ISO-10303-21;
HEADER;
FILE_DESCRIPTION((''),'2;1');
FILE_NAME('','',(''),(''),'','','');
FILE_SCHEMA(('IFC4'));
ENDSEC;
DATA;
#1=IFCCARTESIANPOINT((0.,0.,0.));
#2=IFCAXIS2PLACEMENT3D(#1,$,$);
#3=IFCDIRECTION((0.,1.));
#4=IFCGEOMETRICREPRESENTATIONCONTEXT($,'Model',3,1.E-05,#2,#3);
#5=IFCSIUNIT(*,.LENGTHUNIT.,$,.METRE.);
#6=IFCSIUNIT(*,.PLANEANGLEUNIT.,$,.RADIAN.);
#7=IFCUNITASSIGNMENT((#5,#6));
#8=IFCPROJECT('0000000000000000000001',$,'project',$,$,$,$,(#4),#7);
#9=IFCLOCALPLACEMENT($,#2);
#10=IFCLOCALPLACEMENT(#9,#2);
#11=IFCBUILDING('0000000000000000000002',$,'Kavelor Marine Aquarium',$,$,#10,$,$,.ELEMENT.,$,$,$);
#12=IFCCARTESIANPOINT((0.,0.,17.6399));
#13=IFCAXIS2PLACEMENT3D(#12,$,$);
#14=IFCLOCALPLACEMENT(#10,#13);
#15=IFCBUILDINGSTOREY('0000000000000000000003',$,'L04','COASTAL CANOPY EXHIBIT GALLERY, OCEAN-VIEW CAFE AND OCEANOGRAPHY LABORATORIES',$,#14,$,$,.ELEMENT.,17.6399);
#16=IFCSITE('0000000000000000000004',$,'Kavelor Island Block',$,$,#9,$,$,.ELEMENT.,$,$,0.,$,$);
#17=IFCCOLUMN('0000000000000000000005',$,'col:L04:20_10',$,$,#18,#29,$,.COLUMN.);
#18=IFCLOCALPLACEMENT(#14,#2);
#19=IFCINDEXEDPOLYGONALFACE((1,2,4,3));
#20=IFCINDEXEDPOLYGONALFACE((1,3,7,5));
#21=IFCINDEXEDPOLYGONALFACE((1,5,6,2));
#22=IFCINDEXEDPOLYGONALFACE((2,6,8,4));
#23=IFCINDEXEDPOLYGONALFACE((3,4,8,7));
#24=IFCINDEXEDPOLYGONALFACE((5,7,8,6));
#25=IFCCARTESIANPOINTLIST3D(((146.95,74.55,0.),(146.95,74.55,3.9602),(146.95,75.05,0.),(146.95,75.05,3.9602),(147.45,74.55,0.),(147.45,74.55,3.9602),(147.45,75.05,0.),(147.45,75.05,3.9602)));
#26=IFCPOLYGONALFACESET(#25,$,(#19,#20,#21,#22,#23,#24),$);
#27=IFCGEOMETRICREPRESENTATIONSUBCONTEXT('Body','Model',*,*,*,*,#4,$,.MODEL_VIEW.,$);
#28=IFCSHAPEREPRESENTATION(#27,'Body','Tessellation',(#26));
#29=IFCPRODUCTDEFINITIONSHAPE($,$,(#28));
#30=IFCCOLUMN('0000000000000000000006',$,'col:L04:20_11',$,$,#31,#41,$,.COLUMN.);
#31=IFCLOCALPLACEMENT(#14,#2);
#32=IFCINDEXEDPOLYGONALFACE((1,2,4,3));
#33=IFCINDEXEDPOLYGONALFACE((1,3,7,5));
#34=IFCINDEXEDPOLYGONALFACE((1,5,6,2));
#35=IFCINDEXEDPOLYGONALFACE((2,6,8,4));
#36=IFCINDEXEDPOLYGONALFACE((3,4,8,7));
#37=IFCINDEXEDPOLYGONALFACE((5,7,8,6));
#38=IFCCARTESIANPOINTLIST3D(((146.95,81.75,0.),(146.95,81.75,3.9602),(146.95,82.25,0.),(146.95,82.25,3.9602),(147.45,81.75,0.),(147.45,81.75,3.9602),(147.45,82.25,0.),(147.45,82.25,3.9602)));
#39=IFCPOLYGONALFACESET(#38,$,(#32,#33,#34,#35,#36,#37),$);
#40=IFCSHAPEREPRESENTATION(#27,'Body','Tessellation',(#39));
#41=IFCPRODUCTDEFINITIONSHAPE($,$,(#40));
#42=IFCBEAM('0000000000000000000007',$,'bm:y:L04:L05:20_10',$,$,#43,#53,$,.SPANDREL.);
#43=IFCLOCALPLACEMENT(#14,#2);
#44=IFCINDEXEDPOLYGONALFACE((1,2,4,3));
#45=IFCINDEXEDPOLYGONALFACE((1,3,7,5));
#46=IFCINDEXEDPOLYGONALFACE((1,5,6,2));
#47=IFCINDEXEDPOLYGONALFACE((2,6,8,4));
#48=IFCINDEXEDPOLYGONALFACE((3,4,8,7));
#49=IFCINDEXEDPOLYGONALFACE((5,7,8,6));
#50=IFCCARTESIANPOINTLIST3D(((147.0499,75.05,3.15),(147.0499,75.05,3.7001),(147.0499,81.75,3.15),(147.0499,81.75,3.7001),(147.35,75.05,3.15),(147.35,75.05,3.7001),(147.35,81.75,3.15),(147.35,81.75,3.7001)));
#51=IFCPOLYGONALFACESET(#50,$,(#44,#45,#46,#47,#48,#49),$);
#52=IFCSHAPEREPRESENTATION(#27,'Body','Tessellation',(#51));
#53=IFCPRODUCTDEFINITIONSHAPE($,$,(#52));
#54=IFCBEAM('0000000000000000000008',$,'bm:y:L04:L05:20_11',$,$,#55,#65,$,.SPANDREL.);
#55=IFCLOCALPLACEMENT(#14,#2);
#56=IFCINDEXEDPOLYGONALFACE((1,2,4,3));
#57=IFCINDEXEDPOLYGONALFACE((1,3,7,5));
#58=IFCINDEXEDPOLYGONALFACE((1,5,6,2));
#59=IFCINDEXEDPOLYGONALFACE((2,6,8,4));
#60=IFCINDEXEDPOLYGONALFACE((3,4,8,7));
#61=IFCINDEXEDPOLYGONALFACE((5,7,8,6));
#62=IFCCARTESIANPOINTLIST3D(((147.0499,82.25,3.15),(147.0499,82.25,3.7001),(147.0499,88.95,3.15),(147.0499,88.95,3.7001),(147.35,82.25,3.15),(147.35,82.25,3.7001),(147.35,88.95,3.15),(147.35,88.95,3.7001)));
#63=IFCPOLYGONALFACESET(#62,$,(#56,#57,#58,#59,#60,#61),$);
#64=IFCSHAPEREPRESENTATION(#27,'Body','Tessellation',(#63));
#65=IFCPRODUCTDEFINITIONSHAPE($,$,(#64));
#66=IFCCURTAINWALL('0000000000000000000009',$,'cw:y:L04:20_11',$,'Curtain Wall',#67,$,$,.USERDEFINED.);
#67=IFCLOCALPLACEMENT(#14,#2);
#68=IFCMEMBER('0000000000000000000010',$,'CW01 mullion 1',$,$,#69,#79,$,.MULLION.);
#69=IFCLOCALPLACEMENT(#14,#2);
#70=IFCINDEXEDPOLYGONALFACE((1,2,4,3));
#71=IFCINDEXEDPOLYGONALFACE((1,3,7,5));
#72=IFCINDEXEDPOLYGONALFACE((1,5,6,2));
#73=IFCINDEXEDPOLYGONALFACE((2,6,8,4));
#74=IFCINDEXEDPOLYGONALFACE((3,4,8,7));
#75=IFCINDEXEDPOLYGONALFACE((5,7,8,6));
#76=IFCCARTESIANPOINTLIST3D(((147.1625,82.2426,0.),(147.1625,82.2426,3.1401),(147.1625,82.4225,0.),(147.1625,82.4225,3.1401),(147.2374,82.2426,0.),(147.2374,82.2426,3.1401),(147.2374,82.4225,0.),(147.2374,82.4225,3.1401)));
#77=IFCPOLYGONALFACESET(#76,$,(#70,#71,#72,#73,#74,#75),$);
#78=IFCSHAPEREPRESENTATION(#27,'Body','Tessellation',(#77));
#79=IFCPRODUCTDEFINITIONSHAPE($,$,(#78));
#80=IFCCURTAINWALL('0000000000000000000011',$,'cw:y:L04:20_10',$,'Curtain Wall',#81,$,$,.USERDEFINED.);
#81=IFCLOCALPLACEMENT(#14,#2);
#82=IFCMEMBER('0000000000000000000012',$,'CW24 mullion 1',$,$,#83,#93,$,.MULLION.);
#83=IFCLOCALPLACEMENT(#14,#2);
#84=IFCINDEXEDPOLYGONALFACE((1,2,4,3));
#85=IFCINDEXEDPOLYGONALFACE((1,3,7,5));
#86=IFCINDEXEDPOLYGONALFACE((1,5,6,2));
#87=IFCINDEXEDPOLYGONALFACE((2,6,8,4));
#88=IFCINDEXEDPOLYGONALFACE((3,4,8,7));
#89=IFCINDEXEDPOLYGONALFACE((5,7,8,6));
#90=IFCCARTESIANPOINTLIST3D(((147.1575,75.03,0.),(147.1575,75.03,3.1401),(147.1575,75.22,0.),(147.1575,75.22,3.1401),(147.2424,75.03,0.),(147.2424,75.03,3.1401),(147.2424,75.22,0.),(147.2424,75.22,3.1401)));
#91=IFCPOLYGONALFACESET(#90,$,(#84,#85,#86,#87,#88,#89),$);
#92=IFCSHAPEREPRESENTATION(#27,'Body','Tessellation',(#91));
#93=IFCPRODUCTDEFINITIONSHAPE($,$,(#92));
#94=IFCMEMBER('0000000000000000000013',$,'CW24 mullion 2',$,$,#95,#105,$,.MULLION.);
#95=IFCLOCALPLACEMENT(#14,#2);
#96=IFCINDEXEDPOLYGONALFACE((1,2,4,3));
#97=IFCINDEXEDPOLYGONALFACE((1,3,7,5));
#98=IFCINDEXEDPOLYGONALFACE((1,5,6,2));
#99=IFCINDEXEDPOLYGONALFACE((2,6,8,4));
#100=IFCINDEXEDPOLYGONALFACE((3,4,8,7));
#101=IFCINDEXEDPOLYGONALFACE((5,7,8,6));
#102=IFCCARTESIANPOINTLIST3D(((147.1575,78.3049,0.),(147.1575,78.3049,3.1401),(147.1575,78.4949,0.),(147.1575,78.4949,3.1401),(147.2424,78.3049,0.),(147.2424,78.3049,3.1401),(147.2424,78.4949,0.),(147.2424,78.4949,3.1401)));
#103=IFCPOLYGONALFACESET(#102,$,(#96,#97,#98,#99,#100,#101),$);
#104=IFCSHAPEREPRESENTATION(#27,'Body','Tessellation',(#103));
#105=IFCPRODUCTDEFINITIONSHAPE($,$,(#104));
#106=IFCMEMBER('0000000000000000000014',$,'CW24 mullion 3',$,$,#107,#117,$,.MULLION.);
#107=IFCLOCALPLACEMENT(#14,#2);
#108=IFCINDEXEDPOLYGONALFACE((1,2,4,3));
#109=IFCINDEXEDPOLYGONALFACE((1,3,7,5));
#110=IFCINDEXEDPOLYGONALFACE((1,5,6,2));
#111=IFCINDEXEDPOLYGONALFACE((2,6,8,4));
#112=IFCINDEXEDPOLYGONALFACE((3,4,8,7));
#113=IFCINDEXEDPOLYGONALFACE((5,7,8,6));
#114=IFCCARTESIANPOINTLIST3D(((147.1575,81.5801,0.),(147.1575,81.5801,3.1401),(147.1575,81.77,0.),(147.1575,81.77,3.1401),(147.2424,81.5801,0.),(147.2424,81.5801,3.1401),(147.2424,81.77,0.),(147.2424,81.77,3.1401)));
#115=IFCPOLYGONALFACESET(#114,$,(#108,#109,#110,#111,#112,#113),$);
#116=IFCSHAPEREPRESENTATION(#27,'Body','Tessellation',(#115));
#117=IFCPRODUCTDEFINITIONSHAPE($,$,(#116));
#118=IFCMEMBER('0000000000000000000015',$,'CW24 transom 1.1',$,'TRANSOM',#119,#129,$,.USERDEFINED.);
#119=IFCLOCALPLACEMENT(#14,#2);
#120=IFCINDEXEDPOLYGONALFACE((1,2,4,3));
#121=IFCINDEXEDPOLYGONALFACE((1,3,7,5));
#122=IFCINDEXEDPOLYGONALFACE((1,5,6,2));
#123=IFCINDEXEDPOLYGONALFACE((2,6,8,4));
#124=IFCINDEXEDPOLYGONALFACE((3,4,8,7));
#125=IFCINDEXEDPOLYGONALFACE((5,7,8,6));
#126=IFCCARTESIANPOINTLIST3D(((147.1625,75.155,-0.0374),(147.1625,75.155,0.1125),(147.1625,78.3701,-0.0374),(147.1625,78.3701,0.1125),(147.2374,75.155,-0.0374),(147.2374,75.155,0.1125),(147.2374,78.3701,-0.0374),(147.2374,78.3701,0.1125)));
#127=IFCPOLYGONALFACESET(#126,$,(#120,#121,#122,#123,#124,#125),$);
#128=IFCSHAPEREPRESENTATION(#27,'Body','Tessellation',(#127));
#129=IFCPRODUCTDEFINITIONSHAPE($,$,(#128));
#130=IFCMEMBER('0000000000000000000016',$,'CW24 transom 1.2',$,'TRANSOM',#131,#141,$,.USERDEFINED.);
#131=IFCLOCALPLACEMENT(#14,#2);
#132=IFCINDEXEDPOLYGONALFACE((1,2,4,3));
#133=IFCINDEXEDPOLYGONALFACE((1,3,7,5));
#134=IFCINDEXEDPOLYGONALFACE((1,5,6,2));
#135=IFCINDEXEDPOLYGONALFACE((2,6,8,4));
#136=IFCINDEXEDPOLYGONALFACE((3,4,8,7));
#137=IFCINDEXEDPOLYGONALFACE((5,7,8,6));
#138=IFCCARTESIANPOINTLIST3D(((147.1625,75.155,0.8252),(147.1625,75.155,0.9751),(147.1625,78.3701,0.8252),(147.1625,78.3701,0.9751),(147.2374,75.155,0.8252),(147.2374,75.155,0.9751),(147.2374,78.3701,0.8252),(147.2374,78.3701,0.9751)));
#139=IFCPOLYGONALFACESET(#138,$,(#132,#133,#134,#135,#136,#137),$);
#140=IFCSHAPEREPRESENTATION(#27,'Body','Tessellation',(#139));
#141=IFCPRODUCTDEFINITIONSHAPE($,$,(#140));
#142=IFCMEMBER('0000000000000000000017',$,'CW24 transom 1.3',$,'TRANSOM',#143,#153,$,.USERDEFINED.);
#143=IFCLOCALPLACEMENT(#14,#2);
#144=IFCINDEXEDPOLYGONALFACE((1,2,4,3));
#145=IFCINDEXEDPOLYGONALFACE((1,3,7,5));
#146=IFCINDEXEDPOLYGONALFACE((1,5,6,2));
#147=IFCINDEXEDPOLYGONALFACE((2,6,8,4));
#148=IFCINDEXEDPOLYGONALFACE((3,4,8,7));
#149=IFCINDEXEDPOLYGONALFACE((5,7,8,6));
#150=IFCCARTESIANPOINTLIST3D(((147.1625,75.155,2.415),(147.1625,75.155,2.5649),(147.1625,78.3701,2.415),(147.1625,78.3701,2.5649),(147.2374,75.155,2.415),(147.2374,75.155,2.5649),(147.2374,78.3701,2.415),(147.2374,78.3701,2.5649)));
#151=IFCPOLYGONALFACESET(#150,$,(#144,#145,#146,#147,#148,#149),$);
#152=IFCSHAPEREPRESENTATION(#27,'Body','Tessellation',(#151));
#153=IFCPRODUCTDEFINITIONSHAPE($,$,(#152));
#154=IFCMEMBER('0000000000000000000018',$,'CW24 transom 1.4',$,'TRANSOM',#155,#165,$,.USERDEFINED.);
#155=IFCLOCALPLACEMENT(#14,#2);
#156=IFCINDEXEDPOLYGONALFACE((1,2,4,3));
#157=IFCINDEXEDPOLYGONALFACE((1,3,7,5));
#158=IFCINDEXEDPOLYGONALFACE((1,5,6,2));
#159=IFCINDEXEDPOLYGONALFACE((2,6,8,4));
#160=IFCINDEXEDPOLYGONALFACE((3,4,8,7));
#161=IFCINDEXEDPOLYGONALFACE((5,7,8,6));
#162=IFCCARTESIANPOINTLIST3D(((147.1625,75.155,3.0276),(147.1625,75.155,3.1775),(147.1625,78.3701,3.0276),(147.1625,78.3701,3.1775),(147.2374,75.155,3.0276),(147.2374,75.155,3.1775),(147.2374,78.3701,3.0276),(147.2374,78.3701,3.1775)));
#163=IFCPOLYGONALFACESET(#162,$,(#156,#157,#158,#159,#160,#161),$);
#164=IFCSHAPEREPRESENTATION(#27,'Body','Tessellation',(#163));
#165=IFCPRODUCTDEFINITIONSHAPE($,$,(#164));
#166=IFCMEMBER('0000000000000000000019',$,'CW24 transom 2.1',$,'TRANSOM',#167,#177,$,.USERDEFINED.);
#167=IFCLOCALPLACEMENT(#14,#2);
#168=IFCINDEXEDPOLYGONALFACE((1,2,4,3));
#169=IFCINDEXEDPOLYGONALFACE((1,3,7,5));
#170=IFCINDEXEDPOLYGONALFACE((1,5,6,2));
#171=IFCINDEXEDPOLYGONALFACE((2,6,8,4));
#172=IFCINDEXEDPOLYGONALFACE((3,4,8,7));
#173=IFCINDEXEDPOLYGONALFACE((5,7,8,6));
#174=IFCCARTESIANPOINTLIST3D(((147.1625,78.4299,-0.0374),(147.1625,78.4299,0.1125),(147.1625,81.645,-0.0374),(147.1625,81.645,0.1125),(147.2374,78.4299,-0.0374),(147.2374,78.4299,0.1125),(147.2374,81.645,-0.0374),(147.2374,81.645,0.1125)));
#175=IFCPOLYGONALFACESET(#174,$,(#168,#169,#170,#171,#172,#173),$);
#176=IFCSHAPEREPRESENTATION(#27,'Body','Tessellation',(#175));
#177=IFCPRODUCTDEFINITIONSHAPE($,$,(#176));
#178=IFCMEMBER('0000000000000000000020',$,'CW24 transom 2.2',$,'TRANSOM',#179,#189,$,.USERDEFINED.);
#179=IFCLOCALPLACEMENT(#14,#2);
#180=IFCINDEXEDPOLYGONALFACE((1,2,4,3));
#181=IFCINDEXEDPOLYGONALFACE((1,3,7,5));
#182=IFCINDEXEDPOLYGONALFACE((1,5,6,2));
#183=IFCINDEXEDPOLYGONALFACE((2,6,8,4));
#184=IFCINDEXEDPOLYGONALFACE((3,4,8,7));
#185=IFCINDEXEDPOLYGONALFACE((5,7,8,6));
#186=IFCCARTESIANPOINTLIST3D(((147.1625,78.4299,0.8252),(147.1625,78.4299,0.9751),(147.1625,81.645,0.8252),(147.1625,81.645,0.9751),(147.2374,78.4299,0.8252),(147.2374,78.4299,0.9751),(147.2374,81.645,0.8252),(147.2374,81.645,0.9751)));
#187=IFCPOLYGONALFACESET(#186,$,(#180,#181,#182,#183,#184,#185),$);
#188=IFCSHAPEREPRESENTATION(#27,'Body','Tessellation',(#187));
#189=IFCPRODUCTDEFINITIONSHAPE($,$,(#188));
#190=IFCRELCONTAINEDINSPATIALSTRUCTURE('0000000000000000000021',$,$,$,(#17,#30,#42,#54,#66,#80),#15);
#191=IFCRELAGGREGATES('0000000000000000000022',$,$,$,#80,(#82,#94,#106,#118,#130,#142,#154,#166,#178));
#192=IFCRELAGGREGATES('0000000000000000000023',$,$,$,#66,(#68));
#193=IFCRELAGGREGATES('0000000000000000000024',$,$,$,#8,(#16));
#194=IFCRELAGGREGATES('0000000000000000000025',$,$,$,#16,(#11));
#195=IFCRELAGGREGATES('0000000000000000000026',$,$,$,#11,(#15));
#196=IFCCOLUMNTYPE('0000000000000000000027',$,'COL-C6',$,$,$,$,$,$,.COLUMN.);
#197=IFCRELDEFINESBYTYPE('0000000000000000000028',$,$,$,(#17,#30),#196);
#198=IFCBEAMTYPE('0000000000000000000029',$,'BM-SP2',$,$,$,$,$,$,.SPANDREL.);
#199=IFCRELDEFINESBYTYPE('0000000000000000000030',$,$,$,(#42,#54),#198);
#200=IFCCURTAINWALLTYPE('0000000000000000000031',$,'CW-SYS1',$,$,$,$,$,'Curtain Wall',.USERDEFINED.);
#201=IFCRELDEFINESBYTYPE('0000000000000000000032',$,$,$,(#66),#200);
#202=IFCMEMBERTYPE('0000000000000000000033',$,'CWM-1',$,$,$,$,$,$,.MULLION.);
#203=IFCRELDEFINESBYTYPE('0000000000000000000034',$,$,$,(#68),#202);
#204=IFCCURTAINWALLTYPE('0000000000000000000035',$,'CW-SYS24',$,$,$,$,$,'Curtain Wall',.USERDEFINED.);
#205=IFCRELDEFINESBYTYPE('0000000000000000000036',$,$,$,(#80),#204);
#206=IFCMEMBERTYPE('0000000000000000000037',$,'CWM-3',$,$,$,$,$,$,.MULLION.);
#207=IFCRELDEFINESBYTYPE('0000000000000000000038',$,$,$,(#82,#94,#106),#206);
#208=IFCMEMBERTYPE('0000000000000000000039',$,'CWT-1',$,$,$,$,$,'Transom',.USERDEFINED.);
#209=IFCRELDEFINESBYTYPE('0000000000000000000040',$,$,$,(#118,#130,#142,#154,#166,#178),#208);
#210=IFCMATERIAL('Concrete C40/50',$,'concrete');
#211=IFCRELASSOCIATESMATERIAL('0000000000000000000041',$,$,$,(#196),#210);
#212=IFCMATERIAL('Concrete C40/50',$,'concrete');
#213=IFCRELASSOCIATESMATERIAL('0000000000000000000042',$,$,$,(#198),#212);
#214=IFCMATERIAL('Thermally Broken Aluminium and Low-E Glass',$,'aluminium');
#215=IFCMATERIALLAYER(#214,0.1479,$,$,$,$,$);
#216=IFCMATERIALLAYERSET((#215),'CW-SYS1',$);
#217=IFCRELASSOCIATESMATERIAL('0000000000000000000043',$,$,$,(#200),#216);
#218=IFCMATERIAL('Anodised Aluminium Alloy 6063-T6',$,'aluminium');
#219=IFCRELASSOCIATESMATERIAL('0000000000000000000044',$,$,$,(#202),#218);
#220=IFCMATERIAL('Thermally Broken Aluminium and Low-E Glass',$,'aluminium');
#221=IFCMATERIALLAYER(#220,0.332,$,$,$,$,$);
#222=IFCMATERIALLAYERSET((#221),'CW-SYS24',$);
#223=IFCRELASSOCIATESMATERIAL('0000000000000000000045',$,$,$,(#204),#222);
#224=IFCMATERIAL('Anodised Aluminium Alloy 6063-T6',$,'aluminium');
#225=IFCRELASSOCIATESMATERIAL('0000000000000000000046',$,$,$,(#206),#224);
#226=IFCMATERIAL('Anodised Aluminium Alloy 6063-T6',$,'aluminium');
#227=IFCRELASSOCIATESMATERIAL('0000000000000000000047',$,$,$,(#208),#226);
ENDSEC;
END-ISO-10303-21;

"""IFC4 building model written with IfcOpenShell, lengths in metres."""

from ifc_helpers import new_model, si_unit, direction, frame, origin, origin_2d, place, context, subcontext, project, spatial, rectangle, extrude, material, layer, layer_set, material_profile, profile_set, type_object, element, aggregate, save


model = new_model("IFC4")

# Units and contexts
model_context = context("Model", 3, precision=1e-05, world=origin(), true_north=direction((0.0, 1.0)))
body_context = subcontext(model_context, "Body", "Model", "MODEL_VIEW")
ifc_project = project(units=[si_unit("LENGTHUNIT", "METRE"), si_unit("PLANEANGLEUNIT", "RADIAN")], contexts=[model_context])

# Site, building, storey
site_placement = place(None, origin())
site = spatial("IfcSite", under=ifc_project, at=site_placement, Name="Kavelor Island Block", CompositionType="ELEMENT", RefElevation=0.0)
building_placement = place(site_placement, origin())
building = spatial("IfcBuilding", under=site, at=building_placement, Name="Kavelor Marine Aquarium", CompositionType="ELEMENT")
storey_placement = place(building_placement, frame((0.0, 0.0, 17.6399)))
storey = spatial("IfcBuildingStorey", under=building, at=storey_placement, Name="L04", Description="COASTAL CANOPY EXHIBIT GALLERY, OCEAN-VIEW CAFE AND OCEANOGRAPHY LABORATORIES", CompositionType="ELEMENT", Elevation=17.6399)

# Columns
ifc_material_1 = material(Name="Concrete C40/50", Category="concrete")
ifc_material_profile_1 = material_profile(ifc_material_1, rectangle(XDim=0.5, YDim=0.5, at=origin_2d()), Name="RC-COL 500x500")
ifc_profile_set_1 = profile_set([ifc_material_profile_1], Name="Concrete C40/50")
column_type = type_object("IfcColumnType", Name="COL-C6", PredefinedType="COLUMN", material=ifc_profile_set_1)
for number, where, z_axis, x_axis, name in (
    (1, (147.2, 74.8, 0.0), (0.0, 0.0, 1.0), (1.0, 0.0, 0.0), "col:L04:20_10"),
    (2, (147.2, 82.0, 0.0), (0.0, 0.0, 1.0), (1.0, 0.0, 0.0), "col:L04:20_11"),
):
    element("IfcColumn", number, at=place(storey_placement, frame(where, z_axis=z_axis, x_axis=x_axis)), inside=storey, type_object=column_type, Name=name, PredefinedType="COLUMN", context=body_context, shape_type="SweptSolid", body=[
        extrude(rectangle(XDim=0.5, YDim=0.5, at=origin_2d()), origin(), (0.0, 0.0, 1.0), 3.9602),
    ])

# Beams
ifc_material_2 = material(Name="Concrete C40/50", Category="concrete")
ifc_material_profile_2 = material_profile(ifc_material_2, rectangle(XDim=0.3, YDim=0.55, at=origin_2d()), Name="RC-SP 300x550")
ifc_profile_set_2 = profile_set([ifc_material_profile_2], Name="Concrete C40/50")
beam_type = type_object("IfcBeamType", Name="BM-SP2", PredefinedType="SPANDREL", material=ifc_profile_set_2)
for number, where, z_axis, x_axis, name in (
    (3, (147.2, 75.05, 3.425), (0.0, 1.0, 0.0), (-1.0, 0.0, 0.0), "bm:y:L04:L05:20_10"),
    (4, (147.2, 82.25, 3.425), (0.0, 1.0, 0.0), (-1.0, 0.0, 0.0), "bm:y:L04:L05:20_11"),
):
    element("IfcBeam", number, at=place(storey_placement, frame(where, z_axis=z_axis, x_axis=x_axis)), inside=storey, type_object=beam_type, Name=name, PredefinedType="SPANDREL", context=body_context, shape_type="SweptSolid", body=[
        extrude(rectangle(XDim=0.3, YDim=0.55, at=origin_2d()), origin(), (0.0, 0.0, 1.0), 6.7),
    ])

# Curtain wall, member
ifc_material_3 = material(Name="Thermally Broken Aluminium and Low-E Glass", Category="aluminium")
ifc_layer_1 = layer(ifc_material_3, 0.1479)
ifc_layer_set_1 = layer_set([ifc_layer_1], Name="CW-SYS1")
curtain_wall_type_1 = type_object("IfcCurtainWallType", Name="CW-SYS1", ElementType="Curtain Wall", PredefinedType="USERDEFINED", material=ifc_layer_set_1)
curtain_wall_1_placement = place(storey_placement, origin())
curtain_wall_1 = element("IfcCurtainWall", 5, at=curtain_wall_1_placement, inside=storey, type_object=curtain_wall_type_1, Name="cw:y:L04:20_11", ObjectType="Curtain Wall", PredefinedType="USERDEFINED")
ifc_material_4 = material(Name="Anodised Aluminium Alloy 6063-T6", Category="aluminium")
ifc_material_profile_3 = material_profile(ifc_material_4, rectangle(XDim=0.075, YDim=0.1799, at=origin_2d()), Name="CW-MUL 75x180")
ifc_profile_set_3 = profile_set([ifc_material_profile_3], Name="Anodised Aluminium Alloy 6063-T6")
member_type_1 = type_object("IfcMemberType", Name="CWM-1", PredefinedType="MULLION", material=ifc_profile_set_3)
member_1_placement = place(storey_placement, frame((147.2, 82.3325, 0.0), z_axis=(0.0, 0.0, 1.0), x_axis=(-1.0, 0.0, 0.0)))
member_1 = element("IfcMember", 6, at=member_1_placement, type_object=member_type_1, Name="CW01 mullion 1", PredefinedType="MULLION", context=body_context, shape_type="SweptSolid", body=[
    extrude(rectangle(XDim=0.075, YDim=0.1799, at=origin_2d()), origin(), (0.0, 0.0, 1.0), 3.1401),
])

# Curtain wall, members
ifc_material_5 = material(Name="Thermally Broken Aluminium and Low-E Glass", Category="aluminium")
ifc_layer_2 = layer(ifc_material_5, 0.332)
ifc_layer_set_2 = layer_set([ifc_layer_2], Name="CW-SYS24")
curtain_wall_type_2 = type_object("IfcCurtainWallType", Name="CW-SYS24", ElementType="Curtain Wall", PredefinedType="USERDEFINED", material=ifc_layer_set_2)
curtain_wall_2_placement = place(storey_placement, origin())
curtain_wall_2 = element("IfcCurtainWall", 7, at=curtain_wall_2_placement, inside=storey, type_object=curtain_wall_type_2, Name="cw:y:L04:20_10", ObjectType="Curtain Wall", PredefinedType="USERDEFINED")
ifc_material_6 = material(Name="Anodised Aluminium Alloy 6063-T6", Category="aluminium")
ifc_material_profile_4 = material_profile(ifc_material_6, rectangle(XDim=0.085, YDim=0.1899, at=origin_2d()), Name="CW-MUL 85x190")
ifc_profile_set_4 = profile_set([ifc_material_profile_4], Name="Anodised Aluminium Alloy 6063-T6")
member_type_2 = type_object("IfcMemberType", Name="CWM-3", PredefinedType="MULLION", material=ifc_profile_set_4)
member_2_placement = place(storey_placement, frame((147.2, 75.125, 0.0), z_axis=(0.0, 0.0, 1.0), x_axis=(-1.0, 0.0, 0.0)))
member_2 = element("IfcMember", 8, at=member_2_placement, type_object=member_type_2, Name="CW24 mullion 1", PredefinedType="MULLION", context=body_context, shape_type="SweptSolid", body=[
    extrude(rectangle(XDim=0.085, YDim=0.1899, at=origin_2d()), origin(), (0.0, 0.0, 1.0), 3.1401),
])
member_3_placement = place(storey_placement, frame((147.2, 78.3999, 0.0), z_axis=(0.0, 0.0, 1.0), x_axis=(-1.0, 0.0, 0.0)))
member_3 = element("IfcMember", 9, at=member_3_placement, type_object=member_type_2, Name="CW24 mullion 2", PredefinedType="MULLION", context=body_context, shape_type="SweptSolid", body=[
    extrude(rectangle(XDim=0.085, YDim=0.1899, at=origin_2d()), origin(), (0.0, 0.0, 1.0), 3.1401),
])
member_4_placement = place(storey_placement, frame((147.2, 81.675, 0.0), z_axis=(0.0, 0.0, 1.0), x_axis=(-1.0, 0.0, 0.0)))
member_4 = element("IfcMember", 10, at=member_4_placement, type_object=member_type_2, Name="CW24 mullion 3", PredefinedType="MULLION", context=body_context, shape_type="SweptSolid", body=[
    extrude(rectangle(XDim=0.085, YDim=0.1899, at=origin_2d()), origin(), (0.0, 0.0, 1.0), 3.1401),
])
ifc_material_7 = material(Name="Anodised Aluminium Alloy 6063-T6", Category="aluminium")
ifc_material_profile_5 = material_profile(ifc_material_7, rectangle(XDim=0.075, YDim=0.1499, at=origin_2d()), Name="CW-TRN 75x150")
ifc_profile_set_5 = profile_set([ifc_material_profile_5], Name="Anodised Aluminium Alloy 6063-T6")
member_type_3 = type_object("IfcMemberType", Name="CWT-1", ElementType="Transom", PredefinedType="USERDEFINED", material=ifc_profile_set_5)
member_5_placement = place(storey_placement, frame((147.2, 75.155, 0.0376), z_axis=(0.0, 1.0, 0.0), x_axis=(-1.0, 0.0, 0.0)))
member_5 = element("IfcMember", 11, at=member_5_placement, type_object=member_type_3, Name="CW24 transom 1.1", ObjectType="TRANSOM", PredefinedType="USERDEFINED", context=body_context, shape_type="SweptSolid", body=[
    extrude(rectangle(XDim=0.075, YDim=0.1499, at=origin_2d()), origin(), (0.0, 0.0, 1.0), 3.2151),
])
member_6_placement = place(storey_placement, frame((147.2, 75.155, 0.9001), z_axis=(0.0, 1.0, 0.0), x_axis=(-1.0, 0.0, 0.0)))
member_6 = element("IfcMember", 12, at=member_6_placement, type_object=member_type_3, Name="CW24 transom 1.2", ObjectType="TRANSOM", PredefinedType="USERDEFINED", context=body_context, shape_type="SweptSolid", body=[
    extrude(rectangle(XDim=0.075, YDim=0.1499, at=origin_2d()), origin(), (0.0, 0.0, 1.0), 3.2151),
])
member_7_placement = place(storey_placement, frame((147.2, 75.155, 2.49), z_axis=(0.0, 1.0, 0.0), x_axis=(-1.0, 0.0, 0.0)))
member_7 = element("IfcMember", 13, at=member_7_placement, type_object=member_type_3, Name="CW24 transom 1.3", ObjectType="TRANSOM", PredefinedType="USERDEFINED", context=body_context, shape_type="SweptSolid", body=[
    extrude(rectangle(XDim=0.075, YDim=0.1499, at=origin_2d()), origin(), (0.0, 0.0, 1.0), 3.2151),
])
member_8_placement = place(storey_placement, frame((147.2, 75.155, 3.1025), z_axis=(0.0, 1.0, 0.0), x_axis=(-1.0, 0.0, 0.0)))
member_8 = element("IfcMember", 14, at=member_8_placement, type_object=member_type_3, Name="CW24 transom 1.4", ObjectType="TRANSOM", PredefinedType="USERDEFINED", context=body_context, shape_type="SweptSolid", body=[
    extrude(rectangle(XDim=0.075, YDim=0.1499, at=origin_2d()), origin(), (0.0, 0.0, 1.0), 3.2151),
])
member_9_placement = place(storey_placement, frame((147.2, 78.4299, 0.0376), z_axis=(0.0, 1.0, 0.0), x_axis=(-1.0, 0.0, 0.0)))
member_9 = element("IfcMember", 15, at=member_9_placement, type_object=member_type_3, Name="CW24 transom 2.1", ObjectType="TRANSOM", PredefinedType="USERDEFINED", context=body_context, shape_type="SweptSolid", body=[
    extrude(rectangle(XDim=0.075, YDim=0.1499, at=origin_2d()), origin(), (0.0, 0.0, 1.0), 3.2151),
])
member_10_placement = place(storey_placement, frame((147.2, 78.4299, 0.9001), z_axis=(0.0, 1.0, 0.0), x_axis=(-1.0, 0.0, 0.0)))
member_10 = element("IfcMember", 16, at=member_10_placement, type_object=member_type_3, Name="CW24 transom 2.2", ObjectType="TRANSOM", PredefinedType="USERDEFINED", context=body_context, shape_type="SweptSolid", body=[
    extrude(rectangle(XDim=0.075, YDim=0.1499, at=origin_2d()), origin(), (0.0, 0.0, 1.0), 3.2151),
])

aggregate(curtain_wall_2, [member_2, member_3, member_4, member_5, member_6, member_7, member_8, member_9, member_10])
aggregate(curtain_wall_1, [member_1])

save(model, "model.ifc")
